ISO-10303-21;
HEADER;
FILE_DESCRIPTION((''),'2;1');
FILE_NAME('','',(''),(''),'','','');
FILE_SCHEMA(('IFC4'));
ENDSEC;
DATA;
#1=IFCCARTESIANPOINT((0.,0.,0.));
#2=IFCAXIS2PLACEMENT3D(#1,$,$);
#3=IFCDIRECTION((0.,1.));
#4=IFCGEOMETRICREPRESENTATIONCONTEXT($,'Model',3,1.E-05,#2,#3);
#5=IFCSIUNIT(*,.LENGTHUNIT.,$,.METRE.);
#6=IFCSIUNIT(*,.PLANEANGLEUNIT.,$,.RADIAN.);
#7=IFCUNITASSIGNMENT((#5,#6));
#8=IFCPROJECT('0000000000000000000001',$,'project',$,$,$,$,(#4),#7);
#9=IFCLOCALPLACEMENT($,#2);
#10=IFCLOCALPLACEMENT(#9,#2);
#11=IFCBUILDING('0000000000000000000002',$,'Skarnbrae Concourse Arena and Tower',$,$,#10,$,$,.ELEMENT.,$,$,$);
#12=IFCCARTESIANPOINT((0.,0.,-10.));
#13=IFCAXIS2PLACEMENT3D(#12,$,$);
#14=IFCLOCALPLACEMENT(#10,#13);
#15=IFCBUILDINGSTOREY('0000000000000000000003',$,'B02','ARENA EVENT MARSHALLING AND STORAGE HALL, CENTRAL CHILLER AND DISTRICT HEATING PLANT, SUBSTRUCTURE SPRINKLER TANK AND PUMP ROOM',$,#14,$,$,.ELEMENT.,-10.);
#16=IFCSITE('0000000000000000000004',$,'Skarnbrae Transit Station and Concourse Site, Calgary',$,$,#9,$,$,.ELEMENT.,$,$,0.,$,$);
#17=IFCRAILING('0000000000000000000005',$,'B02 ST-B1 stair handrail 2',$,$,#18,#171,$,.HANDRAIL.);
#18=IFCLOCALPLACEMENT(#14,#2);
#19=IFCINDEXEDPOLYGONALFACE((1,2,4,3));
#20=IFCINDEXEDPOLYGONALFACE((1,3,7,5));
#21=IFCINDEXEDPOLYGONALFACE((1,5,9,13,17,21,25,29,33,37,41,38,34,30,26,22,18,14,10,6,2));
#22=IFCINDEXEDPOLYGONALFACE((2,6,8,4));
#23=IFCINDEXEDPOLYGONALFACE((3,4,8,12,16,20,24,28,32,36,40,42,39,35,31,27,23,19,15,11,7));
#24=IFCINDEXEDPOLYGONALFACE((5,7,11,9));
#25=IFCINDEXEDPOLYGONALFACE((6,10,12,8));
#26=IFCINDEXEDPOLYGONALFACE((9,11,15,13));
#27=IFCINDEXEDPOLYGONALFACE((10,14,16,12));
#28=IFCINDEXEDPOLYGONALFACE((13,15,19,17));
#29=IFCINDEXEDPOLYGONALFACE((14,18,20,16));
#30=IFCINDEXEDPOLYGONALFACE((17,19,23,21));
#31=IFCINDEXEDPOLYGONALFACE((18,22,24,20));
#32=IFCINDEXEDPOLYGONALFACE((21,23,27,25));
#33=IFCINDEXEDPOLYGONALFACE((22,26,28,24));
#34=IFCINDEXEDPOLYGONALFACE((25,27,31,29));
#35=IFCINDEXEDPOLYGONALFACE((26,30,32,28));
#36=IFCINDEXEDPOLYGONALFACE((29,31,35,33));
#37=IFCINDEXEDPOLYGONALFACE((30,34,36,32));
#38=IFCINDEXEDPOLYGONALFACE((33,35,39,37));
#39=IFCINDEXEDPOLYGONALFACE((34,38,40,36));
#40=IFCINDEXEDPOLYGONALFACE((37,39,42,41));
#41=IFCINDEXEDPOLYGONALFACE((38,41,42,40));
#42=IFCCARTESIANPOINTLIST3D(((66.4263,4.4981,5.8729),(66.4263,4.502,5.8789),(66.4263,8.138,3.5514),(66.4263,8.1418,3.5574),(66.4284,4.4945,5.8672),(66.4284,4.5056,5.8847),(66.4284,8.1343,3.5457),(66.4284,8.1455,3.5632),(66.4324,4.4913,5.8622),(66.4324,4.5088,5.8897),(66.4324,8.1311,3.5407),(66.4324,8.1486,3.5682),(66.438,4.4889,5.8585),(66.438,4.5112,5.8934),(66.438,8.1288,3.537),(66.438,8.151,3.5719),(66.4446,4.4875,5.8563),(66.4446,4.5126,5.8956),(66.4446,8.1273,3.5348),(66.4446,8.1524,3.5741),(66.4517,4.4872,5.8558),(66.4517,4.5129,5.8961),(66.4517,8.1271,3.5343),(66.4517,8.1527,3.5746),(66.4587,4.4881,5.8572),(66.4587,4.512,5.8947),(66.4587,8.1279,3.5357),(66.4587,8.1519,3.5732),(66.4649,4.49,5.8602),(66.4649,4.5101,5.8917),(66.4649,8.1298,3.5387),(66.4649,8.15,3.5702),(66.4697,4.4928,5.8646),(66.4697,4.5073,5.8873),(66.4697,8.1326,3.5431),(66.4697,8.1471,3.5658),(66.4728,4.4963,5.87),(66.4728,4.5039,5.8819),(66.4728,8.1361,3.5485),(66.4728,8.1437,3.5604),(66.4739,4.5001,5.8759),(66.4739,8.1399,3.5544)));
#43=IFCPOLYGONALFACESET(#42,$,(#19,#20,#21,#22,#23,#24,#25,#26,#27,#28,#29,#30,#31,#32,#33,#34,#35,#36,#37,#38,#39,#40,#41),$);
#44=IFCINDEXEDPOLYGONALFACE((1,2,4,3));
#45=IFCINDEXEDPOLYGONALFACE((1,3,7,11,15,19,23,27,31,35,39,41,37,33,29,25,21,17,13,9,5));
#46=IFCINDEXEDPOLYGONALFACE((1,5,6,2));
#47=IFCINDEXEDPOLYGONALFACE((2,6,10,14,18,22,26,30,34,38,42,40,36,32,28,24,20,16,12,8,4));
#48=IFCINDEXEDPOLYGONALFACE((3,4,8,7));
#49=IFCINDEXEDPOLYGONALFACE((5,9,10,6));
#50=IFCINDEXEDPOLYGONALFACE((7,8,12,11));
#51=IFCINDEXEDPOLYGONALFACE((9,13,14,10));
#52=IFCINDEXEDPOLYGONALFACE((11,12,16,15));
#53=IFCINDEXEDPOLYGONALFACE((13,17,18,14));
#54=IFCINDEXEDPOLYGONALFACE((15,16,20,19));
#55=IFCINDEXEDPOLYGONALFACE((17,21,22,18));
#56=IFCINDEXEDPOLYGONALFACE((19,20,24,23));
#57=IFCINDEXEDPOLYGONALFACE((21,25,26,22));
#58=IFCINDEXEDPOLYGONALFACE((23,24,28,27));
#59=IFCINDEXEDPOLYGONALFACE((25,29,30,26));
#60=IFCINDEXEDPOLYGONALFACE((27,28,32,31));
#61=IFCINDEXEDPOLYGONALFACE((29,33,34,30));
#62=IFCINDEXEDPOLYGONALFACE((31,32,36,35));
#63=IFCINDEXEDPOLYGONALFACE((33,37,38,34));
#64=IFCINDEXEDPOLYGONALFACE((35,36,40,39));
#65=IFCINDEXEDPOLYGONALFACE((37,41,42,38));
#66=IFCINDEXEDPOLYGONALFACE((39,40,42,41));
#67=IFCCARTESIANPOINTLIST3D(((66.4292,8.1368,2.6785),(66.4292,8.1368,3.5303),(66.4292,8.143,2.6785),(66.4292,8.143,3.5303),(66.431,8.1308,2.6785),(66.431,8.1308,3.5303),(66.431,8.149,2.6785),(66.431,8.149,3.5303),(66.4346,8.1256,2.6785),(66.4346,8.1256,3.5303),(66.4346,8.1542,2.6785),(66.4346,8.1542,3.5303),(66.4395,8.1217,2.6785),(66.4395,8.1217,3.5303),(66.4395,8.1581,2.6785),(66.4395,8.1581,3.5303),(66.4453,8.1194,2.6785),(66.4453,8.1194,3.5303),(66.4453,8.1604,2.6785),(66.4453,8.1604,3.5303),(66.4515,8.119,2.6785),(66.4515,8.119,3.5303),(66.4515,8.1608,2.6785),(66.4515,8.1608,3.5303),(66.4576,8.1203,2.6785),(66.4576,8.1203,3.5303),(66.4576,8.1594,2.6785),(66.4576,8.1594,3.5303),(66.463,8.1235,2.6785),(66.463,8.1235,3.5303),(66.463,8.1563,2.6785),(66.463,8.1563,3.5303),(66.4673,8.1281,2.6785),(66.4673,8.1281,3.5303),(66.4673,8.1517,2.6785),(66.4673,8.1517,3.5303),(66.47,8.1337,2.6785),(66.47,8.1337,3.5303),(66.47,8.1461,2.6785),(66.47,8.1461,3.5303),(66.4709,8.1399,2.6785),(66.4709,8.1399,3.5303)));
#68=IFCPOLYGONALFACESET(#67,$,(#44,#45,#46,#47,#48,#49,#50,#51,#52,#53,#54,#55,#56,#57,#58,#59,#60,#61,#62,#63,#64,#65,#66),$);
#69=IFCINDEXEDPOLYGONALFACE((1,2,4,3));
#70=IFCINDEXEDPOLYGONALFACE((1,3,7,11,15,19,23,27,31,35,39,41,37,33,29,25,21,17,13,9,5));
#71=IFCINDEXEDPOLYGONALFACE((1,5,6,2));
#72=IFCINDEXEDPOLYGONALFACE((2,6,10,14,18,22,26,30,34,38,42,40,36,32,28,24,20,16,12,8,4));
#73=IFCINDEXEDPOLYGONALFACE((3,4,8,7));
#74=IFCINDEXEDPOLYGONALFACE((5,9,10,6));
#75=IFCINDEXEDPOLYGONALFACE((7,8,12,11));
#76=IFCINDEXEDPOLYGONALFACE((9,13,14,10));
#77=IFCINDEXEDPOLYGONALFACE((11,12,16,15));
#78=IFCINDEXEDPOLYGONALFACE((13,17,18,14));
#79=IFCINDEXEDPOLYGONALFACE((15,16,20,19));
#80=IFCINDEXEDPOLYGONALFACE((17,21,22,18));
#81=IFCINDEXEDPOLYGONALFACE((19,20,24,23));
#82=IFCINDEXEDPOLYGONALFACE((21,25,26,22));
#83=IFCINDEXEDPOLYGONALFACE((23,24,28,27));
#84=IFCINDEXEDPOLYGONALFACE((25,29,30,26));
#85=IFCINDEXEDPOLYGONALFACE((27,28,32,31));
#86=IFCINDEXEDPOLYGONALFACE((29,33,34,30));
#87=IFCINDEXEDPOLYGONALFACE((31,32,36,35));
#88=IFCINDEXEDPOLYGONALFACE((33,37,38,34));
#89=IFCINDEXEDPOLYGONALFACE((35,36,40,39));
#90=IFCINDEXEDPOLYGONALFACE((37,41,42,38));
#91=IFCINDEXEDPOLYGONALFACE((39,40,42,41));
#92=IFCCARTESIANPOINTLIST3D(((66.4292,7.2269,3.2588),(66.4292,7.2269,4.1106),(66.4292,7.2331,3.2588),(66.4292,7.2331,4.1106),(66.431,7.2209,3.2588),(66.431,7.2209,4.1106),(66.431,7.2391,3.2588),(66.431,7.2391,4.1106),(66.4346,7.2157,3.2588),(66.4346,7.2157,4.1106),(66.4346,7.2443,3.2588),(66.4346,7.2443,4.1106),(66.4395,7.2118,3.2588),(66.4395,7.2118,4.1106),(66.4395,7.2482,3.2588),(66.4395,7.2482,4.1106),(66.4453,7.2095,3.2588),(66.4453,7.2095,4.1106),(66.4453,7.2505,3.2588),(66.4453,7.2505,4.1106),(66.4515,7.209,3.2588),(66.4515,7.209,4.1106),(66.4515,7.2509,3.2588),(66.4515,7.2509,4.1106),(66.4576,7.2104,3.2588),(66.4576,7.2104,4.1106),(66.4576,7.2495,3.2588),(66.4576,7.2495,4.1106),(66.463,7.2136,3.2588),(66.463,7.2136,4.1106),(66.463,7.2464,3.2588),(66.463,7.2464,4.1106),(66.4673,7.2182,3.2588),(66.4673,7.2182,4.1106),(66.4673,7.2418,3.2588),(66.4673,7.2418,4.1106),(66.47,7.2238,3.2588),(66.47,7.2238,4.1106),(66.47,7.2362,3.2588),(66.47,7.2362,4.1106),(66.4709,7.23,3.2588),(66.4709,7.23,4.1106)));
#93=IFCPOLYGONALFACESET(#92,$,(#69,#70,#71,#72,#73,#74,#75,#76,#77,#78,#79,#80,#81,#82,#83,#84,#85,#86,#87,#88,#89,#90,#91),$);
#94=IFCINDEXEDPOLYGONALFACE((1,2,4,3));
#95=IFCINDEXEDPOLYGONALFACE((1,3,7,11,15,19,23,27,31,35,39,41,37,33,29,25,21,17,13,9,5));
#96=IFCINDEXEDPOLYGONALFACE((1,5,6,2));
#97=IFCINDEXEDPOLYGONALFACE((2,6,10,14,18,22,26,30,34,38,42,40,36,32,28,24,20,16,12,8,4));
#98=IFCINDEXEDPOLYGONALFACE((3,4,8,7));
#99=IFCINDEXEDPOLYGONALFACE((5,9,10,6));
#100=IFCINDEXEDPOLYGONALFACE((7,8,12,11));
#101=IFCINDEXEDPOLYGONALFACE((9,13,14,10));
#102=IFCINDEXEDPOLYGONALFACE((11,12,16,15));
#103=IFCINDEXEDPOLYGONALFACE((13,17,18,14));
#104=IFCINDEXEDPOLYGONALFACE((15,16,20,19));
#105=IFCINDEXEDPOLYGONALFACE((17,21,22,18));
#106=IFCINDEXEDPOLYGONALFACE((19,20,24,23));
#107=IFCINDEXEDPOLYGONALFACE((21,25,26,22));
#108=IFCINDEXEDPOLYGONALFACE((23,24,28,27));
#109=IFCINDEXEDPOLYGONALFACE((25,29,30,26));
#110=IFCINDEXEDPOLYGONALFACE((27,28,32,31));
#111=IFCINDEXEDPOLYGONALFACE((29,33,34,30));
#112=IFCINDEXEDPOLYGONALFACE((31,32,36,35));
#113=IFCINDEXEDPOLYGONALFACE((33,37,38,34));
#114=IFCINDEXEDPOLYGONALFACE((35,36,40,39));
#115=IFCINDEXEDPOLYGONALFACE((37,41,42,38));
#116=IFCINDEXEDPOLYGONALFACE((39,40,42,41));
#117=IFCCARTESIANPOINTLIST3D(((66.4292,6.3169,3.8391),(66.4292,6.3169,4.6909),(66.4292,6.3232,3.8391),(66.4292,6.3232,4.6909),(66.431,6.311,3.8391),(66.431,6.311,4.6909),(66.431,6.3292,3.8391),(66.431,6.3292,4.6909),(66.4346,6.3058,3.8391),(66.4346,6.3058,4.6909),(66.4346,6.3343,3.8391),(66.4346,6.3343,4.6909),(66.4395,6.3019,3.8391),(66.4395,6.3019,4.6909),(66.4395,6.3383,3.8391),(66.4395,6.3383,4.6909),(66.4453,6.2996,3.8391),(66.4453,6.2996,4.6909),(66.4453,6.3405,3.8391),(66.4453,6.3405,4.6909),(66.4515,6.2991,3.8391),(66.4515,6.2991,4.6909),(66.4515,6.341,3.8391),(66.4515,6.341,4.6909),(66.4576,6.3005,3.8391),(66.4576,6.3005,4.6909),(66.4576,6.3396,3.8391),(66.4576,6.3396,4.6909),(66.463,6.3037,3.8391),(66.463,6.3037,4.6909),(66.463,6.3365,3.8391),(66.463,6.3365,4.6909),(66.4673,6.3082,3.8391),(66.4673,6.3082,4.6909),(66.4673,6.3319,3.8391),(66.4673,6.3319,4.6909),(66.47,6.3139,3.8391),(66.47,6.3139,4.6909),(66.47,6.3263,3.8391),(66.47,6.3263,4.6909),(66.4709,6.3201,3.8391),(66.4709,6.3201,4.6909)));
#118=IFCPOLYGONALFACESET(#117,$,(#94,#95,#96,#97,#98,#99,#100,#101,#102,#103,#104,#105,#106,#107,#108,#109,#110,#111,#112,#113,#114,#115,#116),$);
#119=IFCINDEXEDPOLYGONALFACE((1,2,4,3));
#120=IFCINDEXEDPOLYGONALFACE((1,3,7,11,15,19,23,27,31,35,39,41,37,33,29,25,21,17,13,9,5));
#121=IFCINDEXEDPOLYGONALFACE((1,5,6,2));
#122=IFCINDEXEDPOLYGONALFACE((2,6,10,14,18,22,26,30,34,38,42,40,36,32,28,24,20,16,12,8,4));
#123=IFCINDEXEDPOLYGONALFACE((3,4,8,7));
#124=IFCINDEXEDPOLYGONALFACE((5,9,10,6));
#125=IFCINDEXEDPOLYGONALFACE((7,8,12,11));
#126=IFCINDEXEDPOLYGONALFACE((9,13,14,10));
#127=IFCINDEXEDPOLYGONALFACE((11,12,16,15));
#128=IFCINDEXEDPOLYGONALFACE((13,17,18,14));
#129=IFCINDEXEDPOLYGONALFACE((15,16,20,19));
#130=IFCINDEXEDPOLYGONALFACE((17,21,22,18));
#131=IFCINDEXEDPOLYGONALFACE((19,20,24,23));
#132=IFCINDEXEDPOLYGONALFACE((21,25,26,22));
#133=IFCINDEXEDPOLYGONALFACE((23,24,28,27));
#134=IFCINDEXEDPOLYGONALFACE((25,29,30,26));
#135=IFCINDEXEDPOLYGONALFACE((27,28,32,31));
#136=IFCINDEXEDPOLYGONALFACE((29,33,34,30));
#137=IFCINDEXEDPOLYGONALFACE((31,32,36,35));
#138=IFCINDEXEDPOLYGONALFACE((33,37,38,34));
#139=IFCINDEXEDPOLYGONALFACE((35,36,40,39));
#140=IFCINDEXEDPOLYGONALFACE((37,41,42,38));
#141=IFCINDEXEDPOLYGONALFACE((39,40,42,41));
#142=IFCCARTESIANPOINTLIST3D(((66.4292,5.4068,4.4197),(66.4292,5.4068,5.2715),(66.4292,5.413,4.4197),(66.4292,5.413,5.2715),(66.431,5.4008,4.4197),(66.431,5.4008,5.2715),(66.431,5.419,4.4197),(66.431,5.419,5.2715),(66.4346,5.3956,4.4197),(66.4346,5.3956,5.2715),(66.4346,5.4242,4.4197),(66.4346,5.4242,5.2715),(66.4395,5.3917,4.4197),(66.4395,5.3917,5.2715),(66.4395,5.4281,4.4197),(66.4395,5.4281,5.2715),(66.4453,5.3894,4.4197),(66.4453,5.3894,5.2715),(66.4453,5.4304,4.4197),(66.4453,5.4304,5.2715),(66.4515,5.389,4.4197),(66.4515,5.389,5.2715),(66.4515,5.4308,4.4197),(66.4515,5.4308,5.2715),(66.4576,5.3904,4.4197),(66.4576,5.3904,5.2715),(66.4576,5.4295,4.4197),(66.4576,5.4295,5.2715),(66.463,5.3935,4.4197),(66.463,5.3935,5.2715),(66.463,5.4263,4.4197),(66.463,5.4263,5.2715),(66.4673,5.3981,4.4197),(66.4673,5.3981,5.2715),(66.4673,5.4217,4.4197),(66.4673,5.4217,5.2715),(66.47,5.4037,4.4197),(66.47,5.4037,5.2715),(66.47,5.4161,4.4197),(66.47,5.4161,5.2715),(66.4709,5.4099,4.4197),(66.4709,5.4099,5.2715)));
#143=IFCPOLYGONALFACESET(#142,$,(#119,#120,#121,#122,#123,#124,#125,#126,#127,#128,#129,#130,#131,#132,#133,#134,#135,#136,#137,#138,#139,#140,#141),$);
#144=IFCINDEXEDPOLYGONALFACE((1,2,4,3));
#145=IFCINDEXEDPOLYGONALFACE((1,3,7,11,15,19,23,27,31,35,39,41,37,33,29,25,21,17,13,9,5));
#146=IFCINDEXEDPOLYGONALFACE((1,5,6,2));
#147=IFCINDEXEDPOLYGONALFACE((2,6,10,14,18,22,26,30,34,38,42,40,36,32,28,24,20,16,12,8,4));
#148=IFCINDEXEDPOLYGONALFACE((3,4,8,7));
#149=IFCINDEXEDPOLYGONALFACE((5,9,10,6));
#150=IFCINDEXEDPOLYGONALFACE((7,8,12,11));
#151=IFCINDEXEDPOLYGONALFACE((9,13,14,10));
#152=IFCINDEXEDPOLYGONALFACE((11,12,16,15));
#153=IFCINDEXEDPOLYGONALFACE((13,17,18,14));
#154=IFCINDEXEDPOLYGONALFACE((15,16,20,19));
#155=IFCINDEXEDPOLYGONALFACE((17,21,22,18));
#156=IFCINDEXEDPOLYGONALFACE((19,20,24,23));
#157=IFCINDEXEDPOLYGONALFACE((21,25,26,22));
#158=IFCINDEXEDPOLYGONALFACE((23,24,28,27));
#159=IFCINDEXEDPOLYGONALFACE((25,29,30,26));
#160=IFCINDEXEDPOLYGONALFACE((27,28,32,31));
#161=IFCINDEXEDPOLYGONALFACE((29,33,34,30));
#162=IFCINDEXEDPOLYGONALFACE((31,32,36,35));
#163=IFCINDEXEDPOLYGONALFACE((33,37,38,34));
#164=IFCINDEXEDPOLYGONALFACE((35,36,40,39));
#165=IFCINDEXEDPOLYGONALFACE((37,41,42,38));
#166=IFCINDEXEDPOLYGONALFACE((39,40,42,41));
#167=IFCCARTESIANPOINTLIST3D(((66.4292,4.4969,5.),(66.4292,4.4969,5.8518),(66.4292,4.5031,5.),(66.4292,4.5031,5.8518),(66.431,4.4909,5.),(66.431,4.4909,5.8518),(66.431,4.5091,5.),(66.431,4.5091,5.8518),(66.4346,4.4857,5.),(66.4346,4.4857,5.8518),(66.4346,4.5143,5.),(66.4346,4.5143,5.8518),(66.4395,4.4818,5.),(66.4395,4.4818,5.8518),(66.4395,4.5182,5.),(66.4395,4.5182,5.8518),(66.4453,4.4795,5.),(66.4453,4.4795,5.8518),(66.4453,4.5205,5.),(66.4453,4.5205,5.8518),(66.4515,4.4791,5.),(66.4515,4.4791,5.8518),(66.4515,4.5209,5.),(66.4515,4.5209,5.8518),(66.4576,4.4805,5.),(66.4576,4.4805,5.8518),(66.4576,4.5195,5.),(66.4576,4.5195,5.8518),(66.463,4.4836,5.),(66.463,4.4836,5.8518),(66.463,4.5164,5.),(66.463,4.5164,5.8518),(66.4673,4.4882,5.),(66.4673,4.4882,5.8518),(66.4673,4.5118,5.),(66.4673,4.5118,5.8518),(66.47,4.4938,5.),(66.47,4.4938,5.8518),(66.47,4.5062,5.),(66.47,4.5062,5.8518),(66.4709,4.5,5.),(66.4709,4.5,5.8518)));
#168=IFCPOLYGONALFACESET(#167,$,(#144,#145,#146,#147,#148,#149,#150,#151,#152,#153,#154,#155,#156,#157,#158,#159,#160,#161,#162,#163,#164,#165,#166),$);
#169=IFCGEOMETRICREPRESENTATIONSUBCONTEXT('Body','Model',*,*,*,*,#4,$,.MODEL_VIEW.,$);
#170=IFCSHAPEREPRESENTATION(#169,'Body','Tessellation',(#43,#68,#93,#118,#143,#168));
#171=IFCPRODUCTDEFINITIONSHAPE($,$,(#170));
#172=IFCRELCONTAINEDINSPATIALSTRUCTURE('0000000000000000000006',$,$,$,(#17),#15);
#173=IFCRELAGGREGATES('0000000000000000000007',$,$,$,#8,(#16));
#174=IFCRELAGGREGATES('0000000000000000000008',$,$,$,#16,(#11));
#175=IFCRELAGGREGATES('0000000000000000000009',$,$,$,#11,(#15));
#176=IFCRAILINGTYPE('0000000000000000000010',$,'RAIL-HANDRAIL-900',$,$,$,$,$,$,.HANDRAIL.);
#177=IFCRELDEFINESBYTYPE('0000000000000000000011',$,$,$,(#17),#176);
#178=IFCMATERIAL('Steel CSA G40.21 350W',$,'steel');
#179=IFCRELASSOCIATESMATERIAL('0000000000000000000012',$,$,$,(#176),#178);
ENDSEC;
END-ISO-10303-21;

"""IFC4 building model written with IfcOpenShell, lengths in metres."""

from ifc_helpers import new_model, si_unit, direction, frame, origin, origin_2d, place, context, subcontext, project, spatial, circle, extrude, material, type_object, element, save


model = new_model("IFC4")

# Units and contexts
model_context = context("Model", 3, precision=1e-05, world=origin(), true_north=direction((0.0, 1.0)))
body_context = subcontext(model_context, "Body", "Model", "MODEL_VIEW")
ifc_project = project(units=[si_unit("LENGTHUNIT", "METRE"), si_unit("PLANEANGLEUNIT", "RADIAN")], contexts=[model_context])

# Site, building, storey
site_placement = place(None, origin())
site = spatial("IfcSite", under=ifc_project, at=site_placement, Name="Skarnbrae Transit Station and Concourse Site, Calgary", CompositionType="ELEMENT", RefElevation=0.0)
building_placement = place(site_placement, origin())
building = spatial("IfcBuilding", under=site, at=building_placement, Name="Skarnbrae Concourse Arena and Tower", CompositionType="ELEMENT")
storey_placement = place(building_placement, frame((0.0, 0.0, -10.0)))
storey = spatial("IfcBuildingStorey", under=building, at=storey_placement, Name="B02", Description="ARENA EVENT MARSHALLING AND STORAGE HALL, CENTRAL CHILLER AND DISTRICT HEATING PLANT, SUBSTRUCTURE SPRINKLER TANK AND PUMP ROOM", CompositionType="ELEMENT", Elevation=-10.0)

# Shared definitions
ifc_material_1 = material(Name="Steel CSA G40.21 350W", Category="steel")

# Railing
railing_type_1 = type_object("IfcRailingType", Name="RAIL-HANDRAIL-900", PredefinedType="HANDRAIL", material=ifc_material_1)
for number, where, name in (
    (1, (66.45, 8.1399, 2.6785), "B02 ST-B1 stair handrail 2"),
):
    element("IfcRailing", number, at=place(storey_placement, frame(where)), inside=storey, type_object=railing_type_1, Name=name, PredefinedType="HANDRAIL", context=body_context, shape_type="SweptSolid", body=[
        extrude(circle(Radius=0.0239, at=origin_2d()), frame((0.0, 0.0, 0.876), z_axis=(0.0, -0.843112, 0.537739), x_axis=(1.0, 0.0, 0.0)), (0.0, 0.0, 1.0), 4.3171),
        extrude(circle(Radius=0.021, at=origin_2d()), origin(), (0.0, 0.0, 1.0), 0.8518),
        extrude(circle(Radius=0.021, at=origin_2d()), frame((0.0, -0.9099, 0.5803)), (0.0, 0.0, 1.0), 0.8518),
        extrude(circle(Radius=0.021, at=origin_2d()), frame((0.0, -1.8198, 1.1606)), (0.0, 0.0, 1.0), 0.8518),
        extrude(circle(Radius=0.021, at=origin_2d()), frame((0.0, -2.73, 1.7412)), (0.0, 0.0, 1.0), 0.8518),
        extrude(circle(Radius=0.021, at=origin_2d()), frame((0.0, -3.6399, 2.3215)), (0.0, 0.0, 1.0), 0.8518),
    ])

save(model, "model.ifc")
